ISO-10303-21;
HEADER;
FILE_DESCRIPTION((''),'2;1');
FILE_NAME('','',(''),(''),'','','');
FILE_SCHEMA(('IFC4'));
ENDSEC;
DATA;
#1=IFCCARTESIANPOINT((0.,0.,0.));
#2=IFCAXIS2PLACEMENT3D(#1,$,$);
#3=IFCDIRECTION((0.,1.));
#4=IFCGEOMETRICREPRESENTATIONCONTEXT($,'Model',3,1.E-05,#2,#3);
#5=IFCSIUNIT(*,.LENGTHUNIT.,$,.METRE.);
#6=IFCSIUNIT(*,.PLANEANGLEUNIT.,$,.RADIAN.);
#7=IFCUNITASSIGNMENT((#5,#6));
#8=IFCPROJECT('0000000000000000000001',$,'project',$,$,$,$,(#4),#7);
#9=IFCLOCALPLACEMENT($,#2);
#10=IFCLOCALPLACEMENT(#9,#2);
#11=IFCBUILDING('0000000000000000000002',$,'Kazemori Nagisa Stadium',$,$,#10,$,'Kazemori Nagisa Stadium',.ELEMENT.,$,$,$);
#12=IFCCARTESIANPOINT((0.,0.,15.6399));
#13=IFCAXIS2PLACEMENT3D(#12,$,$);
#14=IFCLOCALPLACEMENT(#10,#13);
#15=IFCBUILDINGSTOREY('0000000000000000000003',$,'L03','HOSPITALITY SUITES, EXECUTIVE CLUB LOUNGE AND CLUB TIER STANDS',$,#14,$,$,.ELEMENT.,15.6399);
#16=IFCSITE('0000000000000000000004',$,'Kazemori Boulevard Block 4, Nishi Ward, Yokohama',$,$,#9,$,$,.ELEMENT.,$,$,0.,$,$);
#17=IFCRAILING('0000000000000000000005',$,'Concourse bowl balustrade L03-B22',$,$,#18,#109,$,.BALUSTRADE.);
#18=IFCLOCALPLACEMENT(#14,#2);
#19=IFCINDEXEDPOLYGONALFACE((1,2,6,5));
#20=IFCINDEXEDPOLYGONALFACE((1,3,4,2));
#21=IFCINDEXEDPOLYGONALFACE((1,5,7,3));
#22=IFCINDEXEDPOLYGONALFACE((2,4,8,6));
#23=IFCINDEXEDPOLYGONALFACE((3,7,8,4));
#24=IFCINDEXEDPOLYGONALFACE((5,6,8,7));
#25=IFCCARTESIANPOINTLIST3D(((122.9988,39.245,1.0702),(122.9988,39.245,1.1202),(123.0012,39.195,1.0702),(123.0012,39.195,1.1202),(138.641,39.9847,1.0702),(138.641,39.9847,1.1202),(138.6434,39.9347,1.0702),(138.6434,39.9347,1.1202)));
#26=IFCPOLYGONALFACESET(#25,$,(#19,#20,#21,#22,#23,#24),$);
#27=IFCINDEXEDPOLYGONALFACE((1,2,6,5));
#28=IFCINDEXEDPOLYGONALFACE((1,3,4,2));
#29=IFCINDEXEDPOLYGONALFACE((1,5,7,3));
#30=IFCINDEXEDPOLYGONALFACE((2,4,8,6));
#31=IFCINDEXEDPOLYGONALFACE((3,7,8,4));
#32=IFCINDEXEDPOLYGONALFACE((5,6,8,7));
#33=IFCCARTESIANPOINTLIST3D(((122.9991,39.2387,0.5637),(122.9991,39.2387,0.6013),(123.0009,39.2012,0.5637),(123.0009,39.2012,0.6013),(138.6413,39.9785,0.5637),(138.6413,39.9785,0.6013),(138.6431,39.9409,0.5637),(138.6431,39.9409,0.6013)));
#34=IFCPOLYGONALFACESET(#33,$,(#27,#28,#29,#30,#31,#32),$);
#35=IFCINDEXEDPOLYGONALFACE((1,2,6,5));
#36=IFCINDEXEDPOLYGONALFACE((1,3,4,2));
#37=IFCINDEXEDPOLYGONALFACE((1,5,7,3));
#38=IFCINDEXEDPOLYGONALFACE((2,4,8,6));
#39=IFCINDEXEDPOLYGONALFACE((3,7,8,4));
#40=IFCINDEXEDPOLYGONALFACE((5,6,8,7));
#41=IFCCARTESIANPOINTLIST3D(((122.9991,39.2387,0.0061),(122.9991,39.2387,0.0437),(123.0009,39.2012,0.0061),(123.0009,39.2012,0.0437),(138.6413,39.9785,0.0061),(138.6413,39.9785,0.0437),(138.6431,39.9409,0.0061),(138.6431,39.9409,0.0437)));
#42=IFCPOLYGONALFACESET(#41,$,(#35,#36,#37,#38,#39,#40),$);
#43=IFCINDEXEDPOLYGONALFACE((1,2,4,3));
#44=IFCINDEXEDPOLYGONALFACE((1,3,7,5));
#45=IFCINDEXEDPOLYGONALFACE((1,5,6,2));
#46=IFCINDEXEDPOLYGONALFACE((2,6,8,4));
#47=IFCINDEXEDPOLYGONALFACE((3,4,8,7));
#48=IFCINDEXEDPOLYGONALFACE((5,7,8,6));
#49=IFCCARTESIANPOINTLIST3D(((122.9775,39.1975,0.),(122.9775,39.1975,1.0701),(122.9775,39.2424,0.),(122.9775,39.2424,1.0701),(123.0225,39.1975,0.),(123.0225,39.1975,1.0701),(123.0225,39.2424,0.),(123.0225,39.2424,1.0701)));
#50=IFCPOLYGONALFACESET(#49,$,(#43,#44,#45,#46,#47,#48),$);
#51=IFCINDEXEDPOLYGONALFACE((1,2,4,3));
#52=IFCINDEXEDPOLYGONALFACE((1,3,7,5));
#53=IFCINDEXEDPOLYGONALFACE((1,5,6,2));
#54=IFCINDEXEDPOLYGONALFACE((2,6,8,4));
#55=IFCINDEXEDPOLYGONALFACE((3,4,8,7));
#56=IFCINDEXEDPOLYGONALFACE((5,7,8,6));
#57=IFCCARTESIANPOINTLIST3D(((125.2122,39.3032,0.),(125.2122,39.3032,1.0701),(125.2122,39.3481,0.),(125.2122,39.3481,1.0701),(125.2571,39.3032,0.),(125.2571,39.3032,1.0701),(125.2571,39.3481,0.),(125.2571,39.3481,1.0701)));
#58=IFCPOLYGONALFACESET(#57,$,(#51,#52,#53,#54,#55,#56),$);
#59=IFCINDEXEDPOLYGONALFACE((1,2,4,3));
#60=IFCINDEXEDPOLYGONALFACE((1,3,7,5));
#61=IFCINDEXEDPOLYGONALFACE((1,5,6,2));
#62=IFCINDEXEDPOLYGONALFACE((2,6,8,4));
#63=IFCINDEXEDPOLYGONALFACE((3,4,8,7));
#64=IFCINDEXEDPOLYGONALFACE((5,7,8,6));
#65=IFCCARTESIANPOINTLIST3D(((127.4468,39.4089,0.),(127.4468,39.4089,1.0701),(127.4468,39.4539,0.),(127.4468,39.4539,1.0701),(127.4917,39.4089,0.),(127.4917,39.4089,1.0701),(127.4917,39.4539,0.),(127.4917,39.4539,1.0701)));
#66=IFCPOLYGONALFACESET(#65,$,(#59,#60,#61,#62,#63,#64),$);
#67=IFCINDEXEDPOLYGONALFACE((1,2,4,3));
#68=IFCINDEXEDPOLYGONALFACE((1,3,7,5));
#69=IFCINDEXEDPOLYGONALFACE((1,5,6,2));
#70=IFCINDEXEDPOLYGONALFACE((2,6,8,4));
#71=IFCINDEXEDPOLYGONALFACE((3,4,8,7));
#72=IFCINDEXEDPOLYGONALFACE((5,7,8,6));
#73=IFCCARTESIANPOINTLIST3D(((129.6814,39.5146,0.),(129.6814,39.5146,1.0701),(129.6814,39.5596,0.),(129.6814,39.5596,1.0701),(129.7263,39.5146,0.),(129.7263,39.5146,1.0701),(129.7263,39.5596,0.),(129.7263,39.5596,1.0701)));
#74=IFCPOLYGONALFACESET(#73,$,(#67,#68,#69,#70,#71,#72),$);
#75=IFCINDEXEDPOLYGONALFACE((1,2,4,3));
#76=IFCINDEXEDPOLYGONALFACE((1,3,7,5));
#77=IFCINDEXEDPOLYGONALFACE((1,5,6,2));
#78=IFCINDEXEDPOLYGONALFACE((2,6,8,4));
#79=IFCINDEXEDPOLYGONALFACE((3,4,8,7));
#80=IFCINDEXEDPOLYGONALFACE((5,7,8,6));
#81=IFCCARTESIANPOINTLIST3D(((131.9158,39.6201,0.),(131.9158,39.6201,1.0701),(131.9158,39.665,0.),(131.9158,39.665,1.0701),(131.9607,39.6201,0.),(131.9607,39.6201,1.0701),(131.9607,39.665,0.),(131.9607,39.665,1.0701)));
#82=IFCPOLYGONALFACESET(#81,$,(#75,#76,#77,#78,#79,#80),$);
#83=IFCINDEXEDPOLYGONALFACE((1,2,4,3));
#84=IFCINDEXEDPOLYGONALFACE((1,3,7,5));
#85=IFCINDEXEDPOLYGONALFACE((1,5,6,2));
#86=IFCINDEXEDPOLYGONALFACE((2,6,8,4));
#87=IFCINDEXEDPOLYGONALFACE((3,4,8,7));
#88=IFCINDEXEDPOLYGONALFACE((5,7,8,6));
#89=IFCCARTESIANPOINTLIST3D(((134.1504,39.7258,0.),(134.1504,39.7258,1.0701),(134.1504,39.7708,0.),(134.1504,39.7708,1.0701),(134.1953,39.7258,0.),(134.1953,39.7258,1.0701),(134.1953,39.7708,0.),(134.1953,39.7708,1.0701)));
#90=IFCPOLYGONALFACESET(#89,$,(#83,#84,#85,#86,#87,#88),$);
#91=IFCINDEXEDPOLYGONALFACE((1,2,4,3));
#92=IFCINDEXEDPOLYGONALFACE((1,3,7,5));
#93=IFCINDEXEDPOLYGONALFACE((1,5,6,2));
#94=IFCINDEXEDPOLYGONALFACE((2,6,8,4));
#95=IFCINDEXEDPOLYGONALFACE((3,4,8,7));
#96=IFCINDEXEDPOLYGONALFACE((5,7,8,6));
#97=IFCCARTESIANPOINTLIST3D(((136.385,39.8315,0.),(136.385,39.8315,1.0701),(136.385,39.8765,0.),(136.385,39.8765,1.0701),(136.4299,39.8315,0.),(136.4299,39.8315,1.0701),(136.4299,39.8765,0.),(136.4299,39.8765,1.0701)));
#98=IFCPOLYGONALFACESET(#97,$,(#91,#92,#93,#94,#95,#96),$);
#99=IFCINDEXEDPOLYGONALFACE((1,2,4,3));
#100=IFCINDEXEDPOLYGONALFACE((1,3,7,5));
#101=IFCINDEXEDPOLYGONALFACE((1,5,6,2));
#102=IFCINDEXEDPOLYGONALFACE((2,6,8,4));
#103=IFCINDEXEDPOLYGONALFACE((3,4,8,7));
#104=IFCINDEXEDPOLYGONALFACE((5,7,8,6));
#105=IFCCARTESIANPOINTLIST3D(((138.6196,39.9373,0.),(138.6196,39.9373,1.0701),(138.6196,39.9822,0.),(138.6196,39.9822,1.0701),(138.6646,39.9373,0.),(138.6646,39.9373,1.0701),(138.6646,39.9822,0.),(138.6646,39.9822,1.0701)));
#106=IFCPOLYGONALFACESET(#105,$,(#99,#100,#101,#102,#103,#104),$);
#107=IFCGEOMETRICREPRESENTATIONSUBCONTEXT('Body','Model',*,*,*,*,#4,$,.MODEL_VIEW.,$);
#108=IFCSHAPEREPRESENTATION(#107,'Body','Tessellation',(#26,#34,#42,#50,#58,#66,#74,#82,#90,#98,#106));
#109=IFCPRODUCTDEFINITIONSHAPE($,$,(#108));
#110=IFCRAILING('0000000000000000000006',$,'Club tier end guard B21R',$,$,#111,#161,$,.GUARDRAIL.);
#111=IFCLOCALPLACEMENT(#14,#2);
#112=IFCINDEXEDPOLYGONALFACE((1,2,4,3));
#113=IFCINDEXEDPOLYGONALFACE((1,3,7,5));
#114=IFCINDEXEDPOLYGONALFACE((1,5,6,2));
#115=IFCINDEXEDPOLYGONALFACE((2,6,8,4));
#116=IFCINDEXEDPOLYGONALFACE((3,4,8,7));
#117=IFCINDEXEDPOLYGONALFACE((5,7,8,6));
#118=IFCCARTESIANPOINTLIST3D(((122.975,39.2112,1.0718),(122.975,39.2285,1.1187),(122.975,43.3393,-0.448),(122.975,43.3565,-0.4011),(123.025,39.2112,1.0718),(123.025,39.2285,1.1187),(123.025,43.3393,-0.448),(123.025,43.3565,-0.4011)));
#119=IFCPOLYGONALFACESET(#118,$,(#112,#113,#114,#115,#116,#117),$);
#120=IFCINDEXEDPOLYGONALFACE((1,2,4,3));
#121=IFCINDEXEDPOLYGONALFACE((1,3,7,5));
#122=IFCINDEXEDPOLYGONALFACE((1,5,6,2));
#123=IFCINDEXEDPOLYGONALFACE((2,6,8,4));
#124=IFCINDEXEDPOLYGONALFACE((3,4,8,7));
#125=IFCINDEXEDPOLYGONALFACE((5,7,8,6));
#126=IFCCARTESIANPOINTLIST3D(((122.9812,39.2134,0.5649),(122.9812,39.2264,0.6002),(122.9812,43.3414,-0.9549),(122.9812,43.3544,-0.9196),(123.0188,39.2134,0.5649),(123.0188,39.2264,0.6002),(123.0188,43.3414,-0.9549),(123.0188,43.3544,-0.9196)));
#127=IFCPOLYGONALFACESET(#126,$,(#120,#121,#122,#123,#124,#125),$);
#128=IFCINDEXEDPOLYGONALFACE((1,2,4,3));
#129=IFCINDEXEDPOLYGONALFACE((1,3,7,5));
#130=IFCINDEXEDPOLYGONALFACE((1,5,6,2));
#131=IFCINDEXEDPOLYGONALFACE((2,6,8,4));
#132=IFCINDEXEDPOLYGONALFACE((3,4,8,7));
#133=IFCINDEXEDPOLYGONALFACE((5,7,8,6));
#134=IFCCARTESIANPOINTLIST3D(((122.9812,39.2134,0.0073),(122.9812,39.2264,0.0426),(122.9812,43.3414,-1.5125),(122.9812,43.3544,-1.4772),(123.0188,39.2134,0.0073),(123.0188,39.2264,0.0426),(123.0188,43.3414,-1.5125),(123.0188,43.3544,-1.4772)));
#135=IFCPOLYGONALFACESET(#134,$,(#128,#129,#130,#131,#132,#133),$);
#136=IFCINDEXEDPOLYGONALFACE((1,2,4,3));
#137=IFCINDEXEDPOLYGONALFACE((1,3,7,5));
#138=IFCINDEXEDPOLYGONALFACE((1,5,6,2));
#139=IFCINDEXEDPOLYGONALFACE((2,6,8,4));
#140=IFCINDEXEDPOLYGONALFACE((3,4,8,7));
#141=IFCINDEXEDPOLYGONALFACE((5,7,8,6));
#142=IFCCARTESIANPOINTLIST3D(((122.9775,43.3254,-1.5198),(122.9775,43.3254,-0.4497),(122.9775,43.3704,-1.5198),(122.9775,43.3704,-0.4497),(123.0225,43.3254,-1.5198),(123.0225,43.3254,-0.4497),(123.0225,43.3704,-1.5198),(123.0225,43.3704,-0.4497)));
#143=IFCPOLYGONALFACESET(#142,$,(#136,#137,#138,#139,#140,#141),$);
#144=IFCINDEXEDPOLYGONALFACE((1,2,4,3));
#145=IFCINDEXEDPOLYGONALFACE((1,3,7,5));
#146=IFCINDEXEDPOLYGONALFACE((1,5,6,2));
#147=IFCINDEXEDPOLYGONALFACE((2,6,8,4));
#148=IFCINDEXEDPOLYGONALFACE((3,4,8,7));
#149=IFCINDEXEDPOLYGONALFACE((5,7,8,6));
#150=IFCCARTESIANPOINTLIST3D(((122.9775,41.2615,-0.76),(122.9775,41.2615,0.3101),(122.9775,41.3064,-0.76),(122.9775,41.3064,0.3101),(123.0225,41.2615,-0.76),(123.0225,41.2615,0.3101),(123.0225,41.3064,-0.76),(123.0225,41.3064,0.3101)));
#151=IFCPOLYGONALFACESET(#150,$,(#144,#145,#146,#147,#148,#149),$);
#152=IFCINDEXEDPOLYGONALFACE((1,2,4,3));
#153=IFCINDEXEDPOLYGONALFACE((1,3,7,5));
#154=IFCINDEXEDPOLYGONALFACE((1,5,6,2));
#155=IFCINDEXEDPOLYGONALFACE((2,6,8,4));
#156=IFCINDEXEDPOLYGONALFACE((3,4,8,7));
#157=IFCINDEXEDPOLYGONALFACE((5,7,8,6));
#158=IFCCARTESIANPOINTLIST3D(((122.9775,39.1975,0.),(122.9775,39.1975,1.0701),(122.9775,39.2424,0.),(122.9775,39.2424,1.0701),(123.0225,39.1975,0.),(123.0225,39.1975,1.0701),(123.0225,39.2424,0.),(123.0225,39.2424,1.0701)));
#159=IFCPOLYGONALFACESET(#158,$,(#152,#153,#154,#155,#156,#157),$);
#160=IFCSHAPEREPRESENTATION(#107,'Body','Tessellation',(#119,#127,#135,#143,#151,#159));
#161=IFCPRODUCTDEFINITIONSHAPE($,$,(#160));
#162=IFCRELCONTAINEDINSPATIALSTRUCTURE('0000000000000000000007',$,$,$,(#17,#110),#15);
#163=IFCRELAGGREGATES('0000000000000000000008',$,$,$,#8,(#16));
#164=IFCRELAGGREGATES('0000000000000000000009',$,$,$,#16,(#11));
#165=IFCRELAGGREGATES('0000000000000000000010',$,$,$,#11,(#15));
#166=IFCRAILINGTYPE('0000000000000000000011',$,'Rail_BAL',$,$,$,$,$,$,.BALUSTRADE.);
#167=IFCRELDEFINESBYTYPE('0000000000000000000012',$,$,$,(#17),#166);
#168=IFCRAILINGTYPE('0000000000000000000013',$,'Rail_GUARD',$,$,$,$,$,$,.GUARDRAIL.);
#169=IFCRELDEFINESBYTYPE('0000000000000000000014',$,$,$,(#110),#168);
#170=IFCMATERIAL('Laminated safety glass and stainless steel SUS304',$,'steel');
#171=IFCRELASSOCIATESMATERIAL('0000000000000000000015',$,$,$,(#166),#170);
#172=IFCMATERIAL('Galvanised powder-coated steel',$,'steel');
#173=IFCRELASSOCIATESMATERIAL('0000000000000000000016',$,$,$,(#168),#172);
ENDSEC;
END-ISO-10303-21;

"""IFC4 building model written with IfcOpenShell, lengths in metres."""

from ifc_helpers import new_model, si_unit, direction, frame, origin, origin_2d, place, context, subcontext, project, spatial, rectangle, extrude, material, type_object, element, save


model = new_model("IFC4")

# Units and contexts
model_context = context("Model", 3, precision=1e-05, world=origin(), true_north=direction((0.0, 1.0)))
body_context = subcontext(model_context, "Body", "Model", "MODEL_VIEW")
ifc_project = project(units=[si_unit("LENGTHUNIT", "METRE"), si_unit("PLANEANGLEUNIT", "RADIAN")], contexts=[model_context])

# Site, building, storey
site_placement = place(None, origin())
site = spatial("IfcSite", under=ifc_project, at=site_placement, Name="Kazemori Boulevard Block 4, Nishi Ward, Yokohama", CompositionType="ELEMENT", RefElevation=0.0)
building_placement = place(site_placement, origin())
building = spatial("IfcBuilding", under=site, at=building_placement, Name="Kazemori Nagisa Stadium", LongName="Kazemori Nagisa Stadium", CompositionType="ELEMENT")
storey_placement = place(building_placement, frame((0.0, 0.0, 15.6399)))
storey = spatial("IfcBuildingStorey", under=building, at=storey_placement, Name="L03", Description="HOSPITALITY SUITES, EXECUTIVE CLUB LOUNGE AND CLUB TIER STANDS", CompositionType="ELEMENT", Elevation=15.6399)

# Railings
ifc_material_1 = material(Name="Laminated safety glass and stainless steel SUS304", Category="steel")
railing_type_1 = type_object("IfcRailingType", Name="Rail_BAL", PredefinedType="BALUSTRADE", material=ifc_material_1)
railing_1_placement = place(storey_placement, frame((123.0, 39.22, 0.0)))
element("IfcRailing", 1, at=railing_1_placement, inside=storey, type_object=railing_type_1, Name="Concourse bowl balustrade L03-B22", PredefinedType="BALUSTRADE", context=body_context, shape_type="SweptSolid", body=[
    extrude(rectangle(XDim=0.05, YDim=0.05, at=origin_2d()), frame((0.0, 0.0, 1.0952), z_axis=(0.998884, 0.047239, 0.0), x_axis=(-0.047239, 0.998884, 0.0)), (0.0, 0.0, 1.0), 15.6597),
    extrude(rectangle(XDim=0.0376, YDim=0.0376, at=origin_2d()), frame((0.0, 0.0, 0.5825), z_axis=(0.998884, 0.047239, 0.0), x_axis=(-0.047239, 0.998884, 0.0)), (0.0, 0.0, 1.0), 15.6597),
    extrude(rectangle(XDim=0.0376, YDim=0.0376, at=origin_2d()), frame((0.0, 0.0, 0.0249), z_axis=(0.998884, 0.047239, 0.0), x_axis=(-0.047239, 0.998884, 0.0)), (0.0, 0.0, 1.0), 15.6597),
    extrude(rectangle(XDim=0.0449, YDim=0.0449, at=origin_2d()), origin(), (0.0, 0.0, 1.0), 1.0701),
    extrude(rectangle(XDim=0.0449, YDim=0.0449, at=origin_2d()), frame((2.2346, 0.1057, 0.0)), (0.0, 0.0, 1.0), 1.0701),
    extrude(rectangle(XDim=0.0449, YDim=0.0449, at=origin_2d()), frame((4.4692, 0.2114, 0.0)), (0.0, 0.0, 1.0), 1.0701),
    extrude(rectangle(XDim=0.0449, YDim=0.0449, at=origin_2d()), frame((6.7039, 0.3171, 0.0)), (0.0, 0.0, 1.0), 1.0701),
    extrude(rectangle(XDim=0.0449, YDim=0.0449, at=origin_2d()), frame((8.9382, 0.4226, 0.0)), (0.0, 0.0, 1.0), 1.0701),
    extrude(rectangle(XDim=0.0449, YDim=0.0449, at=origin_2d()), frame((11.1729, 0.5283, 0.0)), (0.0, 0.0, 1.0), 1.0701),
    extrude(rectangle(XDim=0.0449, YDim=0.0449, at=origin_2d()), frame((13.4075, 0.634, 0.0)), (0.0, 0.0, 1.0), 1.0701),
    extrude(rectangle(XDim=0.0449, YDim=0.0449, at=origin_2d()), frame((15.6421, 0.7397, 0.0)), (0.0, 0.0, 1.0), 1.0701),
])
ifc_material_2 = material(Name="Galvanised powder-coated steel", Category="steel")
railing_type_2 = type_object("IfcRailingType", Name="Rail_GUARD", PredefinedType="GUARDRAIL", material=ifc_material_2)
railing_2_placement = place(storey_placement, frame((123.0, 43.3479, -1.5198)))
element("IfcRailing", 2, at=railing_2_placement, inside=storey, type_object=railing_type_2, Name="Club tier end guard B21R", PredefinedType="GUARDRAIL", context=body_context, shape_type="SweptSolid", body=[
    extrude(rectangle(XDim=0.05, YDim=0.05, at=origin_2d()), frame((0.0, 0.0, 1.0952), z_axis=(0.0, -0.93842, 0.345497), x_axis=(1.0, 0.0, 0.0)), (0.0, 0.0, 1.0), 4.3989),
    extrude(rectangle(XDim=0.0376, YDim=0.0376, at=origin_2d()), frame((0.0, 0.0, 0.5825), z_axis=(0.0, -0.93842, 0.345497), x_axis=(1.0, 0.0, 0.0)), (0.0, 0.0, 1.0), 4.3989),
    extrude(rectangle(XDim=0.0376, YDim=0.0376, at=origin_2d()), frame((0.0, 0.0, 0.0249), z_axis=(0.0, -0.93842, 0.345497), x_axis=(1.0, 0.0, 0.0)), (0.0, 0.0, 1.0), 4.3989),
    extrude(rectangle(XDim=0.0449, YDim=0.0449, at=origin_2d()), origin(), (0.0, 0.0, 1.0), 1.0701),
    extrude(rectangle(XDim=0.0449, YDim=0.0449, at=origin_2d()), frame((0.0, -2.064, 0.7598)), (0.0, 0.0, 1.0), 1.0701),
    extrude(rectangle(XDim=0.0449, YDim=0.0449, at=origin_2d()), frame((0.0, -4.1279, 1.5198)), (0.0, 0.0, 1.0), 1.0701),
])

save(model, "model.ifc")
